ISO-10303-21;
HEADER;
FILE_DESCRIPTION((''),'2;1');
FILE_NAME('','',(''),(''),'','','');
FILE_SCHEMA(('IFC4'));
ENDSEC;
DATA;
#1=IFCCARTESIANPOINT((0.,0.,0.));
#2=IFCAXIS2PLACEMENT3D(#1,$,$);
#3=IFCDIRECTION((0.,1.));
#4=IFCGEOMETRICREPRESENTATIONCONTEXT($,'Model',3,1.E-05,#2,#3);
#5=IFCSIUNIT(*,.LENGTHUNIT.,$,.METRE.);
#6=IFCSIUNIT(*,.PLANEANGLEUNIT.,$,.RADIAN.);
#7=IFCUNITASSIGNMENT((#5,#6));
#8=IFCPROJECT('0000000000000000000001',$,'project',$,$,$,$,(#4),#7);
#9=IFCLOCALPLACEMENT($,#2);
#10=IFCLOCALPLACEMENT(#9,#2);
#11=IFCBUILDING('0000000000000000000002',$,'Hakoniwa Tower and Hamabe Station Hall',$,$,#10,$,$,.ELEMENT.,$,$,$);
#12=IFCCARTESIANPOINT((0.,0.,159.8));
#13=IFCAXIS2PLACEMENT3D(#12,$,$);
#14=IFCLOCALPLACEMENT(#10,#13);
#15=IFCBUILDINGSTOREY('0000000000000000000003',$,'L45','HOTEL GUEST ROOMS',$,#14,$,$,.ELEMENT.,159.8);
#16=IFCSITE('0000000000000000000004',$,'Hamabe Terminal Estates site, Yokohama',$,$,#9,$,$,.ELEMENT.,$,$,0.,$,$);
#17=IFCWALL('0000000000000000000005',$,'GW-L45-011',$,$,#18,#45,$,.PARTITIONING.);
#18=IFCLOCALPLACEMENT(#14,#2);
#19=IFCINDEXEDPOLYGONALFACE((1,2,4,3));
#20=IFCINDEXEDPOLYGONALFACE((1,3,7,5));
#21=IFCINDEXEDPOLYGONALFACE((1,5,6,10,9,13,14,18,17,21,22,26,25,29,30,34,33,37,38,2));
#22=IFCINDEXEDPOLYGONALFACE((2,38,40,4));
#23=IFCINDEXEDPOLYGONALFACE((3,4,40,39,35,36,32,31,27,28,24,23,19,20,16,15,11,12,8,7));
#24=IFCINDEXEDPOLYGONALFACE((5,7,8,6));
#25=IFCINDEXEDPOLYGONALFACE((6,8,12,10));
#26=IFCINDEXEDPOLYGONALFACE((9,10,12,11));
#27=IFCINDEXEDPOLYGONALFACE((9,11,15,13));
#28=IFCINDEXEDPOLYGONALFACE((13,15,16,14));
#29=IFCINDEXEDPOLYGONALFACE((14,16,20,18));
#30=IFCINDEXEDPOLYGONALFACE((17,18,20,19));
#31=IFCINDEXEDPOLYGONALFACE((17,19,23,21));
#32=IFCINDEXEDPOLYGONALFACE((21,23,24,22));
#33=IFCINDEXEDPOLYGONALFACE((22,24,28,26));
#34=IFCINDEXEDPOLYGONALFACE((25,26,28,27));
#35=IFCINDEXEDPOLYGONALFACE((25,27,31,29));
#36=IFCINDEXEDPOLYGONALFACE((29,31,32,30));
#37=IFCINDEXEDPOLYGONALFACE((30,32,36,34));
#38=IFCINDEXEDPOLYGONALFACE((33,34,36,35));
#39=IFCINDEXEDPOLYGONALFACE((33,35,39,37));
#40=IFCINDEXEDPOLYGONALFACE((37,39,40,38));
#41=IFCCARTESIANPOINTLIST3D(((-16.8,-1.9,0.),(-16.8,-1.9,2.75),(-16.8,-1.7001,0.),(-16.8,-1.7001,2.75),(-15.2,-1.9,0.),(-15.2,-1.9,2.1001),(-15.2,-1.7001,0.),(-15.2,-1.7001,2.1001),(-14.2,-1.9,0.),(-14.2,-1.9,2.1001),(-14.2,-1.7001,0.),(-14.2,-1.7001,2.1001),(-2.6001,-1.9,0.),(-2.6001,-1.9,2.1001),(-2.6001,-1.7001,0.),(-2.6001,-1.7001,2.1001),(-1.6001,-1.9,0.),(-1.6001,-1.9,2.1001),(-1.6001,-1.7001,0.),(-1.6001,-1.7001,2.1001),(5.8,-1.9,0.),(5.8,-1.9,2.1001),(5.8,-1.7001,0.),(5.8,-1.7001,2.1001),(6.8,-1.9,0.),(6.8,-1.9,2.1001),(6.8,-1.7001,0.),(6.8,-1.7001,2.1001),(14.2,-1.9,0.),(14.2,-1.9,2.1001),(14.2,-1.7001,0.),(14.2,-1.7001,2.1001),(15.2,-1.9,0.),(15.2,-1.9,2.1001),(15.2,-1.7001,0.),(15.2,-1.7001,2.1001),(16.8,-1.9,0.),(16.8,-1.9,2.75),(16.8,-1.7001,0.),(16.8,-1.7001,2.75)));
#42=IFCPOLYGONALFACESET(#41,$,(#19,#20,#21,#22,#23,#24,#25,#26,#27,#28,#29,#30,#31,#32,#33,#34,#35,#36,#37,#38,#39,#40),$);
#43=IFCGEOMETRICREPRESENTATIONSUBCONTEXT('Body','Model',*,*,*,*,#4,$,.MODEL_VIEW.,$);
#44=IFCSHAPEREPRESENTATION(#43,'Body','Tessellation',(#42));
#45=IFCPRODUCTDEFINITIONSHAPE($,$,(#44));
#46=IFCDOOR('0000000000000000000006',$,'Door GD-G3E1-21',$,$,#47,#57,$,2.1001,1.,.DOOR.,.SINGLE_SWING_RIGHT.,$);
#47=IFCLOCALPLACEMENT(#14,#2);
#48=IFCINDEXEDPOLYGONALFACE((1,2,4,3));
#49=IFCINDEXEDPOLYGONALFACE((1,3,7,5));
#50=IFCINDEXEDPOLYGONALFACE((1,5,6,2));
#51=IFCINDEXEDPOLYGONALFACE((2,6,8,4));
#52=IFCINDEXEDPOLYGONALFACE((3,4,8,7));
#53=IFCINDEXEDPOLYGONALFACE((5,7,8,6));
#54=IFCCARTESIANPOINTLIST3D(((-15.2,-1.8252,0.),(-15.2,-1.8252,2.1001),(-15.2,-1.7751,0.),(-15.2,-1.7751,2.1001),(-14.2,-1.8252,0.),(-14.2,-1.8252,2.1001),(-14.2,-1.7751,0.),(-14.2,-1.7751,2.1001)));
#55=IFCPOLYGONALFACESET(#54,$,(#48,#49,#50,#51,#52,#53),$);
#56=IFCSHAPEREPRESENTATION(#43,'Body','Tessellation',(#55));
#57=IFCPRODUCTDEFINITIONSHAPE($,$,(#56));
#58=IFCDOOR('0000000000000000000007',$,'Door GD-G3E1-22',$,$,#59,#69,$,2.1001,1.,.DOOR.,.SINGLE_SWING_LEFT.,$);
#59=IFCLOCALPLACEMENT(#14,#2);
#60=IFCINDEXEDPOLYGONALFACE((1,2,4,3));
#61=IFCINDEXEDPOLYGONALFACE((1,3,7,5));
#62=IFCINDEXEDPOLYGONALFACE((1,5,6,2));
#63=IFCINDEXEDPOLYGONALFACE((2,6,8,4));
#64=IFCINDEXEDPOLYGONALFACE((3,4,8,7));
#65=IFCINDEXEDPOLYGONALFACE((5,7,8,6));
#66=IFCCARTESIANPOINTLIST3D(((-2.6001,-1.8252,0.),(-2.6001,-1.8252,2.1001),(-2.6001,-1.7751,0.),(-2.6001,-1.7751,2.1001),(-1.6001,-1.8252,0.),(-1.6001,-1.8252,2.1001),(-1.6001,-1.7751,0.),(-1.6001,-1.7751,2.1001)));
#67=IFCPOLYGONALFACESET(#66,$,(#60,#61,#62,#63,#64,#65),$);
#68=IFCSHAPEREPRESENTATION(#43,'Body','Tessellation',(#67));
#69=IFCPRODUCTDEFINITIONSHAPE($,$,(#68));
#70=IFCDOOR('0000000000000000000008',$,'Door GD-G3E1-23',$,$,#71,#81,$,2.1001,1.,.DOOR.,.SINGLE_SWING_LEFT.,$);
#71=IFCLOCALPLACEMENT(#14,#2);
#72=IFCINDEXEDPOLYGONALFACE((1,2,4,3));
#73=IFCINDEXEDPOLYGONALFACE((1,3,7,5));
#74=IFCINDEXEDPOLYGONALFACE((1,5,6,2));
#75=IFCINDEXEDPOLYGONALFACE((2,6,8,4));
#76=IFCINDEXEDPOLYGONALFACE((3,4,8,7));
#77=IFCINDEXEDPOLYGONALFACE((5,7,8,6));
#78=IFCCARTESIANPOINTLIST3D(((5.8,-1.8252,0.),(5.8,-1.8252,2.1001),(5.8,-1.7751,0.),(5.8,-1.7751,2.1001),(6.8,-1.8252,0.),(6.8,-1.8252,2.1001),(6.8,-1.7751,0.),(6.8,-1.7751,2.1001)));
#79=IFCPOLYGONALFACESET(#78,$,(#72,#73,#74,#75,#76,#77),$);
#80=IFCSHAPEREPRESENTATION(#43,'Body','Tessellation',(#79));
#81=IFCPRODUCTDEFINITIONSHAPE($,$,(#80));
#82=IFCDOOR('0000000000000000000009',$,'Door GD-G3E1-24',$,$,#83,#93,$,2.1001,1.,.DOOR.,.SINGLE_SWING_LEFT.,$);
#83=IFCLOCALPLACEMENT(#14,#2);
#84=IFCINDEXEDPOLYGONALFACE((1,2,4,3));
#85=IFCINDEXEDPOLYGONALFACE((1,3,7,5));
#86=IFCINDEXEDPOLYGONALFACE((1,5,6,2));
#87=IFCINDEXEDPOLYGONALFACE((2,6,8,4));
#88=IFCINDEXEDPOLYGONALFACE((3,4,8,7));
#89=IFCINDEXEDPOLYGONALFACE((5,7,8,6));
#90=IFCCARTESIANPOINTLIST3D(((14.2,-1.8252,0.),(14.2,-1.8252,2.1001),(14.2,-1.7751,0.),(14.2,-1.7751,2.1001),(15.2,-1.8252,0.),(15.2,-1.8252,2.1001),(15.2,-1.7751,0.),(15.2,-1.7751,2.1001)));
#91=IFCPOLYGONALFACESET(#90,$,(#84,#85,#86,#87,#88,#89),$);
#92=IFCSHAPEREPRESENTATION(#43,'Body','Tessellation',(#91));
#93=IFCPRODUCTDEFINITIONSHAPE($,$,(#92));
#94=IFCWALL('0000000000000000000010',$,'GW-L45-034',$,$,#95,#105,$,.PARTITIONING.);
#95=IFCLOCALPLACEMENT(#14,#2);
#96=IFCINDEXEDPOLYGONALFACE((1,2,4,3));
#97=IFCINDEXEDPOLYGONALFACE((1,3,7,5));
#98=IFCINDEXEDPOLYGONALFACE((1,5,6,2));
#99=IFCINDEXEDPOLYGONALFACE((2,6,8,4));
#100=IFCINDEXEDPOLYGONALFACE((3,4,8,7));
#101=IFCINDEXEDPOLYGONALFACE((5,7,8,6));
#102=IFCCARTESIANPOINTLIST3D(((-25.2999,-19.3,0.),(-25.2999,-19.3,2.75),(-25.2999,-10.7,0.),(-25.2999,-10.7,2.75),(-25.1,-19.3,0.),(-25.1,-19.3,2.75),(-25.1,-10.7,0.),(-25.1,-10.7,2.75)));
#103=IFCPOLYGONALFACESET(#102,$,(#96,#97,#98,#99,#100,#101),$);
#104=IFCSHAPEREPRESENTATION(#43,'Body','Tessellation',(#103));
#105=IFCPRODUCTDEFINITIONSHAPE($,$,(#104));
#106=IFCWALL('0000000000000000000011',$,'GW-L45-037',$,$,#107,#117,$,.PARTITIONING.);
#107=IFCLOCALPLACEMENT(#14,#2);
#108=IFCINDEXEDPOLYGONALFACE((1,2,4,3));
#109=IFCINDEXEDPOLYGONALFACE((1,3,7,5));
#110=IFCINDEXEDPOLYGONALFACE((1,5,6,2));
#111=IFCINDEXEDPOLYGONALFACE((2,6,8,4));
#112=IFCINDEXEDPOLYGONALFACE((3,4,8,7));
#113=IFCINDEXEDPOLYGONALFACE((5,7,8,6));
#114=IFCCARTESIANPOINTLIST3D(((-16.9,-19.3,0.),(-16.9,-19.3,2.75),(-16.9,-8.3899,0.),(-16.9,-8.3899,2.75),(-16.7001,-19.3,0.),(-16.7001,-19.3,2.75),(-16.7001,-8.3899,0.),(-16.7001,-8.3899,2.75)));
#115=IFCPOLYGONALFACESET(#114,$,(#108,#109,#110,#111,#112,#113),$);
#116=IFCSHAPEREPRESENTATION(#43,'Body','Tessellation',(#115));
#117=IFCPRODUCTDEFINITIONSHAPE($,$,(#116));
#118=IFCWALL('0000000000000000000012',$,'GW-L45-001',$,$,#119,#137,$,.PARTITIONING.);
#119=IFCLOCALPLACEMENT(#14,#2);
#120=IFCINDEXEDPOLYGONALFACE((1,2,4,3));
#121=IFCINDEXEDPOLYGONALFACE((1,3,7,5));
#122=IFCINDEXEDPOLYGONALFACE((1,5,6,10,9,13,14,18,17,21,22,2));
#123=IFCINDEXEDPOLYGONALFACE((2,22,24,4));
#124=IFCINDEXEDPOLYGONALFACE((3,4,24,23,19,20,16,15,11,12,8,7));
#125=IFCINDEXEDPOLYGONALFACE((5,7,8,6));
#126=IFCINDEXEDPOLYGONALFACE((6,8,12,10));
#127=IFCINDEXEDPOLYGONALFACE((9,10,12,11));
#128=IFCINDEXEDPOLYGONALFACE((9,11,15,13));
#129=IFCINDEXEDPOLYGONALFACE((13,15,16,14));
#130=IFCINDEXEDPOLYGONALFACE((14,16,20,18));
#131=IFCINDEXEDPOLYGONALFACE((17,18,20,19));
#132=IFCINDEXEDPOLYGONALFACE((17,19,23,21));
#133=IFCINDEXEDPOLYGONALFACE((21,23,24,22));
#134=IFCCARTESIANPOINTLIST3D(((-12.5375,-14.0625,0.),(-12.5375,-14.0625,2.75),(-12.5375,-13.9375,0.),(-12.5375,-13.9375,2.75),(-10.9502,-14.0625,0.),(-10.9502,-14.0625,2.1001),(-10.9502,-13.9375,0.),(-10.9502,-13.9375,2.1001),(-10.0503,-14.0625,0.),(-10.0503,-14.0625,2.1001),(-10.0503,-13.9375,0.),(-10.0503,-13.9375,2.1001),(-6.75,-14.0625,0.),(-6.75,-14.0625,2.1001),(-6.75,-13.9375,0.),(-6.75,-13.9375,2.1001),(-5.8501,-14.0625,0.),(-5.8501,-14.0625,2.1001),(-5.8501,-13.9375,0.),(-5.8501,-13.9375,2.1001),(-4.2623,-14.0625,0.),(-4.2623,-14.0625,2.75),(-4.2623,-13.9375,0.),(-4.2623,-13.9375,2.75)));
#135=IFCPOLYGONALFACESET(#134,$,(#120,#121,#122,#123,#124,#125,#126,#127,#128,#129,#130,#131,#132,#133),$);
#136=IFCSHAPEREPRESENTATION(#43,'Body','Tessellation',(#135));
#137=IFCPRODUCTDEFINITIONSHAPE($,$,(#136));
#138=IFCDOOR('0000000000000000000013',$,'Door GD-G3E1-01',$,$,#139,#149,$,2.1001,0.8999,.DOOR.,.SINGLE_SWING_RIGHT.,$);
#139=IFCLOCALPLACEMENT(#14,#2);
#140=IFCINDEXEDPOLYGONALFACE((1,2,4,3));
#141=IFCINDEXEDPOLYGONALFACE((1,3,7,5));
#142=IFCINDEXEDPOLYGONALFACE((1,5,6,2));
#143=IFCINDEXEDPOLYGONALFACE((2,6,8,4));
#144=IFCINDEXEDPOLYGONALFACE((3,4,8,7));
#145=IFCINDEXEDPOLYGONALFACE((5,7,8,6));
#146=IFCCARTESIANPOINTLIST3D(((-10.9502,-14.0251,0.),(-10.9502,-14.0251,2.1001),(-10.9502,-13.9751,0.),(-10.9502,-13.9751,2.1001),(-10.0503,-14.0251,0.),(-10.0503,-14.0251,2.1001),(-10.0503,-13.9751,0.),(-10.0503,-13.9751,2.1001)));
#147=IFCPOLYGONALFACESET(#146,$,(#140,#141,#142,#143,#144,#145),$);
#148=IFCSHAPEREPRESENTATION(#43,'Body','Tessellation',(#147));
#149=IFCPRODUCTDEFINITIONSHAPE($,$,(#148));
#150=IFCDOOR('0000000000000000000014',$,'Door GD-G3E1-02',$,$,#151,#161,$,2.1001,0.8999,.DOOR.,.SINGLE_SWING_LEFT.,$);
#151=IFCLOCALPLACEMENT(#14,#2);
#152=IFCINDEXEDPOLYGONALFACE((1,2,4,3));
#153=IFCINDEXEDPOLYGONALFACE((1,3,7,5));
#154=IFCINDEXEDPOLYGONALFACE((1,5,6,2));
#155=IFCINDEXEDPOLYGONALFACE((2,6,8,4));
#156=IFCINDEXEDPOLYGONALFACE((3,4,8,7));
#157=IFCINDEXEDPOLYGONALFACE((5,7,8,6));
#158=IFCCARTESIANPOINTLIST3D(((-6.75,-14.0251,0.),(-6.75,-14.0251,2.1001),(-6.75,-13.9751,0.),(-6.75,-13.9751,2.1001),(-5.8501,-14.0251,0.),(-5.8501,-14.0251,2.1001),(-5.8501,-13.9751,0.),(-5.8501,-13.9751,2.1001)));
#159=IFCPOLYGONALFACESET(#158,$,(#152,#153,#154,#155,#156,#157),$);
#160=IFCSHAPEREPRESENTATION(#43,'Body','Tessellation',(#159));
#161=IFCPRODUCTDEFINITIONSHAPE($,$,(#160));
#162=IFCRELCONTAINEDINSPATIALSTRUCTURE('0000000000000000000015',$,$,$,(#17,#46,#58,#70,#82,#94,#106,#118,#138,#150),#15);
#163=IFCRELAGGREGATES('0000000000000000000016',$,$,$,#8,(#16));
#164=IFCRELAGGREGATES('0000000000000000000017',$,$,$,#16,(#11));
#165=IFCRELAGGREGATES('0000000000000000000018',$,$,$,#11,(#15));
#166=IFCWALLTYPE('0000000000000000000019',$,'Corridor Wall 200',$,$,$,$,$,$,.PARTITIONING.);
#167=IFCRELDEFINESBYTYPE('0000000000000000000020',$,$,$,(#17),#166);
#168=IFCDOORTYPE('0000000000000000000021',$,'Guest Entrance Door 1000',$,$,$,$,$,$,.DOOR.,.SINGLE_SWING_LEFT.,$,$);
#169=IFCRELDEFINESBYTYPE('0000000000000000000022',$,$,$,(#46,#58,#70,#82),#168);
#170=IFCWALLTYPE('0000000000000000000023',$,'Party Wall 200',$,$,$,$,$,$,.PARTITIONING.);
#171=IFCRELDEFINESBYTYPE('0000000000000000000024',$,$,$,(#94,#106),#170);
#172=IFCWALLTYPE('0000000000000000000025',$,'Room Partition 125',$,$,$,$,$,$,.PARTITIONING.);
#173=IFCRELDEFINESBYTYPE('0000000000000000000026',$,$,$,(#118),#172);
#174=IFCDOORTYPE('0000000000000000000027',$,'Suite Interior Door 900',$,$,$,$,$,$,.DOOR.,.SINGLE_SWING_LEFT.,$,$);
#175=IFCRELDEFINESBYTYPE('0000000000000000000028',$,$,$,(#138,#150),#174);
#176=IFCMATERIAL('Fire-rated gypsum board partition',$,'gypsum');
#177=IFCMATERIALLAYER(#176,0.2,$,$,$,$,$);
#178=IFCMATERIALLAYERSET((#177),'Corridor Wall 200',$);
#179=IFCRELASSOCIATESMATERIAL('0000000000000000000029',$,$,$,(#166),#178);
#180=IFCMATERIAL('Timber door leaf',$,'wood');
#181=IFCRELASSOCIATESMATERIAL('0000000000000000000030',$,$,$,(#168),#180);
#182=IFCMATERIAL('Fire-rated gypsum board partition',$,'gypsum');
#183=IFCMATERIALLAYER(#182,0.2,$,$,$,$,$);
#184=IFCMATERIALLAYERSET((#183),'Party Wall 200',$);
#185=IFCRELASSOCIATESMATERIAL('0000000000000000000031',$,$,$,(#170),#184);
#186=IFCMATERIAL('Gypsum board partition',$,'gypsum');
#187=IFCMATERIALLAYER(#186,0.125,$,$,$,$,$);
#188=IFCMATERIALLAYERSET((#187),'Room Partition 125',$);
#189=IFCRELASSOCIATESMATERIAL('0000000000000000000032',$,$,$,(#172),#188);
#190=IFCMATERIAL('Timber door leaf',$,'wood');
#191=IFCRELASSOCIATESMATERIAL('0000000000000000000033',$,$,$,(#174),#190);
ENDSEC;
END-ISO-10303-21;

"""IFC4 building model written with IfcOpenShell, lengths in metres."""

from ifc_helpers import new_model, si_unit, direction, frame, frame_2d, origin, place, context, subcontext, project, spatial, rectangle, extrude, material, layer, layer_set, type_object, element, fill, save


model = new_model("IFC4")

# Units and contexts
model_context = context("Model", 3, precision=1e-05, world=origin(), true_north=direction((0.0, 1.0)))
body_context = subcontext(model_context, "Body", "Model", "MODEL_VIEW")
ifc_project = project(units=[si_unit("LENGTHUNIT", "METRE"), si_unit("PLANEANGLEUNIT", "RADIAN")], contexts=[model_context])

# Site, building, storey
site_placement = place(None, origin())
site = spatial("IfcSite", under=ifc_project, at=site_placement, Name="Hamabe Terminal Estates site, Yokohama", CompositionType="ELEMENT", RefElevation=0.0)
building_placement = place(site_placement, origin())
building = spatial("IfcBuilding", under=site, at=building_placement, Name="Hakoniwa Tower and Hamabe Station Hall", CompositionType="ELEMENT")
storey_placement = place(building_placement, frame((0.0, 0.0, 159.8)))
storey = spatial("IfcBuildingStorey", under=building, at=storey_placement, Name="L45", Description="HOTEL GUEST ROOMS", CompositionType="ELEMENT", Elevation=159.8)

# Wall, openings, doors
ifc_material_1 = material(Name="Fire-rated gypsum board partition", Category="gypsum")
ifc_layer_1 = layer(ifc_material_1, 0.2)
ifc_layer_set_1 = layer_set([ifc_layer_1], Name="Corridor Wall 200")
wall_type_1 = type_object("IfcWallType", Name="Corridor Wall 200", PredefinedType="PARTITIONING", material=ifc_layer_set_1)
wall_1_placement = place(storey_placement, frame((-16.8, -1.8, 0.0), z_axis=(0.0, 0.0, 1.0), x_axis=(1.0, 0.0, 0.0)))
wall_1 = element("IfcWall", 1, at=wall_1_placement, inside=storey, type_object=wall_type_1, Name="GW-L45-011", PredefinedType="PARTITIONING", context=body_context, shape_type="SweptSolid", body=[
    extrude(rectangle(XDim=33.6001, YDim=0.2, at=frame_2d((16.8, 0.0))), origin(), (0.0, 0.0, 1.0), 2.75),
])
opening_1_placement = place(wall_1_placement, frame((1.6001, 0.0, 0.0)))
opening_1 = element("IfcOpeningElement", 2, at=opening_1_placement, cuts=wall_1, PredefinedType="OPENING", context=body_context, shape_type="SweptSolid", body=[
    extrude(rectangle(XDim=1.0, YDim=2.1001, at=frame_2d((0.5, 1.05))), frame((0.0, 0.1099, 0.0), z_axis=(0.0, -1.0, 0.0), x_axis=(1.0, 0.0, 0.0)), (0.0, 0.0, 1.0), 0.22),
])
opening_2_placement = place(wall_1_placement, frame((14.2, 0.0, 0.0)))
opening_2 = element("IfcOpeningElement", 3, at=opening_2_placement, cuts=wall_1, PredefinedType="OPENING", context=body_context, shape_type="SweptSolid", body=[
    extrude(rectangle(XDim=1.0, YDim=2.1001, at=frame_2d((0.5, 1.05))), frame((0.0, 0.1099, 0.0), z_axis=(0.0, -1.0, 0.0), x_axis=(1.0, 0.0, 0.0)), (0.0, 0.0, 1.0), 0.22),
])
opening_3_placement = place(wall_1_placement, frame((22.6001, 0.0, 0.0)))
opening_3 = element("IfcOpeningElement", 4, at=opening_3_placement, cuts=wall_1, PredefinedType="OPENING", context=body_context, shape_type="SweptSolid", body=[
    extrude(rectangle(XDim=1.0, YDim=2.1001, at=frame_2d((0.5, 1.05))), frame((0.0, 0.1099, 0.0), z_axis=(0.0, -1.0, 0.0), x_axis=(1.0, 0.0, 0.0)), (0.0, 0.0, 1.0), 0.22),
])
opening_4_placement = place(wall_1_placement, frame((31.0, 0.0, 0.0)))
opening_4 = element("IfcOpeningElement", 5, at=opening_4_placement, cuts=wall_1, PredefinedType="OPENING", context=body_context, shape_type="SweptSolid", body=[
    extrude(rectangle(XDim=1.0, YDim=2.1001, at=frame_2d((0.5, 1.05))), frame((0.0, 0.1099, 0.0), z_axis=(0.0, -1.0, 0.0), x_axis=(1.0, 0.0, 0.0)), (0.0, 0.0, 1.0), 0.22),
])
ifc_material_2 = material(Name="Timber door leaf", Category="wood")
door_type_1 = type_object("IfcDoorType", Name="Guest Entrance Door 1000", OperationType="SINGLE_SWING_LEFT", PredefinedType="DOOR", material=ifc_material_2)
door_1_placement = place(opening_1_placement, origin())
door_1 = element("IfcDoor", 6, at=door_1_placement, inside=storey, type_object=door_type_1, Name="Door GD-G3E1-21", OperationType="SINGLE_SWING_RIGHT", OverallHeight=2.1001, OverallWidth=1.0, PredefinedType="DOOR", context=body_context, shape_type="SweptSolid", body=[
    extrude(rectangle(XDim=1.0, YDim=2.1001, at=frame_2d((0.5, 1.05))), frame((0.0, 0.0249, 0.0), z_axis=(0.0, -1.0, 0.0), x_axis=(1.0, 0.0, 0.0)), (0.0, 0.0, 1.0), 0.05),
])
fill(opening_1, door_1)
door_2_placement = place(opening_2_placement, origin())
door_2 = element("IfcDoor", 7, at=door_2_placement, inside=storey, type_object=door_type_1, Name="Door GD-G3E1-22", OperationType="SINGLE_SWING_LEFT", OverallHeight=2.1001, OverallWidth=1.0, PredefinedType="DOOR", context=body_context, shape_type="SweptSolid", body=[
    extrude(rectangle(XDim=1.0, YDim=2.1001, at=frame_2d((0.5, 1.05))), frame((0.0, 0.0249, 0.0), z_axis=(0.0, -1.0, 0.0), x_axis=(1.0, 0.0, 0.0)), (0.0, 0.0, 1.0), 0.05),
])
fill(opening_2, door_2)
door_3_placement = place(opening_3_placement, origin())
door_3 = element("IfcDoor", 8, at=door_3_placement, inside=storey, type_object=door_type_1, Name="Door GD-G3E1-23", OperationType="SINGLE_SWING_LEFT", OverallHeight=2.1001, OverallWidth=1.0, PredefinedType="DOOR", context=body_context, shape_type="SweptSolid", body=[
    extrude(rectangle(XDim=1.0, YDim=2.1001, at=frame_2d((0.5, 1.05))), frame((0.0, 0.0249, 0.0), z_axis=(0.0, -1.0, 0.0), x_axis=(1.0, 0.0, 0.0)), (0.0, 0.0, 1.0), 0.05),
])
fill(opening_3, door_3)
door_4_placement = place(opening_4_placement, origin())
door_4 = element("IfcDoor", 9, at=door_4_placement, inside=storey, type_object=door_type_1, Name="Door GD-G3E1-24", OperationType="SINGLE_SWING_LEFT", OverallHeight=2.1001, OverallWidth=1.0, PredefinedType="DOOR", context=body_context, shape_type="SweptSolid", body=[
    extrude(rectangle(XDim=1.0, YDim=2.1001, at=frame_2d((0.5, 1.05))), frame((0.0, 0.0249, 0.0), z_axis=(0.0, -1.0, 0.0), x_axis=(1.0, 0.0, 0.0)), (0.0, 0.0, 1.0), 0.05),
])
fill(opening_4, door_4)

# Walls
ifc_material_3 = material(Name="Fire-rated gypsum board partition", Category="gypsum")
ifc_layer_2 = layer(ifc_material_3, 0.2)
ifc_layer_set_2 = layer_set([ifc_layer_2], Name="Party Wall 200")
wall_type_2 = type_object("IfcWallType", Name="Party Wall 200", PredefinedType="PARTITIONING", material=ifc_layer_set_2)
wall_2_placement = place(storey_placement, frame((-25.2, -19.3, 0.0), z_axis=(0.0, 0.0, 1.0), x_axis=(0.0, 1.0, 0.0)))
element("IfcWall", 10, at=wall_2_placement, inside=storey, type_object=wall_type_2, Name="GW-L45-034", PredefinedType="PARTITIONING", context=body_context, shape_type="SweptSolid", body=[
    extrude(rectangle(XDim=8.6001, YDim=0.2, at=frame_2d((4.3, 0.0))), origin(), (0.0, 0.0, 1.0), 2.75),
])
wall_3_placement = place(storey_placement, frame((-16.8, -19.3, 0.0), z_axis=(0.0, 0.0, 1.0), x_axis=(0.0, 1.0, 0.0)))
element("IfcWall", 11, at=wall_3_placement, inside=storey, type_object=wall_type_2, Name="GW-L45-037", PredefinedType="PARTITIONING", context=body_context, shape_type="SweptSolid", body=[
    extrude(rectangle(XDim=10.9102, YDim=0.2, at=frame_2d((5.4551, 0.0))), origin(), (0.0, 0.0, 1.0), 2.75),
])

# Wall, openings, doors
ifc_material_4 = material(Name="Gypsum board partition", Category="gypsum")
ifc_layer_3 = layer(ifc_material_4, 0.125)
ifc_layer_set_3 = layer_set([ifc_layer_3], Name="Room Partition 125")
wall_type_3 = type_object("IfcWallType", Name="Room Partition 125", PredefinedType="PARTITIONING", material=ifc_layer_set_3)
wall_4_placement = place(storey_placement, frame((-12.5376, -14.0, 0.0), z_axis=(0.0, 0.0, 1.0), x_axis=(1.0, 0.0, 0.0)))
wall_4 = element("IfcWall", 12, at=wall_4_placement, inside=storey, type_object=wall_type_3, Name="GW-L45-001", PredefinedType="PARTITIONING", context=body_context, shape_type="SweptSolid", body=[
    extrude(rectangle(XDim=8.2751, YDim=0.125, at=frame_2d((4.1377, 0.0))), origin(), (0.0, 0.0, 1.0), 2.75),
])
opening_5_placement = place(wall_4_placement, frame((1.5874, 0.0, 0.0)))
opening_5 = element("IfcOpeningElement", 13, at=opening_5_placement, cuts=wall_4, PredefinedType="OPENING", context=body_context, shape_type="SweptSolid", body=[
    extrude(rectangle(XDim=0.8999, YDim=2.1001, at=frame_2d((0.45, 1.05))), frame((0.0, 0.0725, 0.0), z_axis=(0.0, -1.0, 0.0), x_axis=(1.0, 0.0, 0.0)), (0.0, 0.0, 1.0), 0.145),
])
opening_6_placement = place(wall_4_placement, frame((5.7876, 0.0, 0.0)))
opening_6 = element("IfcOpeningElement", 14, at=opening_6_placement, cuts=wall_4, PredefinedType="OPENING", context=body_context, shape_type="SweptSolid", body=[
    extrude(rectangle(XDim=0.8999, YDim=2.1001, at=frame_2d((0.45, 1.05))), frame((0.0, 0.0725, 0.0), z_axis=(0.0, -1.0, 0.0), x_axis=(1.0, 0.0, 0.0)), (0.0, 0.0, 1.0), 0.145),
])
ifc_material_5 = material(Name="Timber door leaf", Category="wood")
door_type_2 = type_object("IfcDoorType", Name="Suite Interior Door 900", OperationType="SINGLE_SWING_LEFT", PredefinedType="DOOR", material=ifc_material_5)
door_5_placement = place(opening_5_placement, origin())
door_5 = element("IfcDoor", 15, at=door_5_placement, inside=storey, type_object=door_type_2, Name="Door GD-G3E1-01", OperationType="SINGLE_SWING_RIGHT", OverallHeight=2.1001, OverallWidth=0.8999, PredefinedType="DOOR", context=body_context, shape_type="SweptSolid", body=[
    extrude(rectangle(XDim=0.8999, YDim=2.1001, at=frame_2d((0.45, 1.05))), frame((0.0, 0.0249, 0.0), z_axis=(0.0, -1.0, 0.0), x_axis=(1.0, 0.0, 0.0)), (0.0, 0.0, 1.0), 0.05),
])
fill(opening_5, door_5)
door_6_placement = place(opening_6_placement, origin())
door_6 = element("IfcDoor", 16, at=door_6_placement, inside=storey, type_object=door_type_2, Name="Door GD-G3E1-02", OperationType="SINGLE_SWING_LEFT", OverallHeight=2.1001, OverallWidth=0.8999, PredefinedType="DOOR", context=body_context, shape_type="SweptSolid", body=[
    extrude(rectangle(XDim=0.8999, YDim=2.1001, at=frame_2d((0.45, 1.05))), frame((0.0, 0.0249, 0.0), z_axis=(0.0, -1.0, 0.0), x_axis=(1.0, 0.0, 0.0)), (0.0, 0.0, 1.0), 0.05),
])
fill(opening_6, door_6)

save(model, "model.ifc")
